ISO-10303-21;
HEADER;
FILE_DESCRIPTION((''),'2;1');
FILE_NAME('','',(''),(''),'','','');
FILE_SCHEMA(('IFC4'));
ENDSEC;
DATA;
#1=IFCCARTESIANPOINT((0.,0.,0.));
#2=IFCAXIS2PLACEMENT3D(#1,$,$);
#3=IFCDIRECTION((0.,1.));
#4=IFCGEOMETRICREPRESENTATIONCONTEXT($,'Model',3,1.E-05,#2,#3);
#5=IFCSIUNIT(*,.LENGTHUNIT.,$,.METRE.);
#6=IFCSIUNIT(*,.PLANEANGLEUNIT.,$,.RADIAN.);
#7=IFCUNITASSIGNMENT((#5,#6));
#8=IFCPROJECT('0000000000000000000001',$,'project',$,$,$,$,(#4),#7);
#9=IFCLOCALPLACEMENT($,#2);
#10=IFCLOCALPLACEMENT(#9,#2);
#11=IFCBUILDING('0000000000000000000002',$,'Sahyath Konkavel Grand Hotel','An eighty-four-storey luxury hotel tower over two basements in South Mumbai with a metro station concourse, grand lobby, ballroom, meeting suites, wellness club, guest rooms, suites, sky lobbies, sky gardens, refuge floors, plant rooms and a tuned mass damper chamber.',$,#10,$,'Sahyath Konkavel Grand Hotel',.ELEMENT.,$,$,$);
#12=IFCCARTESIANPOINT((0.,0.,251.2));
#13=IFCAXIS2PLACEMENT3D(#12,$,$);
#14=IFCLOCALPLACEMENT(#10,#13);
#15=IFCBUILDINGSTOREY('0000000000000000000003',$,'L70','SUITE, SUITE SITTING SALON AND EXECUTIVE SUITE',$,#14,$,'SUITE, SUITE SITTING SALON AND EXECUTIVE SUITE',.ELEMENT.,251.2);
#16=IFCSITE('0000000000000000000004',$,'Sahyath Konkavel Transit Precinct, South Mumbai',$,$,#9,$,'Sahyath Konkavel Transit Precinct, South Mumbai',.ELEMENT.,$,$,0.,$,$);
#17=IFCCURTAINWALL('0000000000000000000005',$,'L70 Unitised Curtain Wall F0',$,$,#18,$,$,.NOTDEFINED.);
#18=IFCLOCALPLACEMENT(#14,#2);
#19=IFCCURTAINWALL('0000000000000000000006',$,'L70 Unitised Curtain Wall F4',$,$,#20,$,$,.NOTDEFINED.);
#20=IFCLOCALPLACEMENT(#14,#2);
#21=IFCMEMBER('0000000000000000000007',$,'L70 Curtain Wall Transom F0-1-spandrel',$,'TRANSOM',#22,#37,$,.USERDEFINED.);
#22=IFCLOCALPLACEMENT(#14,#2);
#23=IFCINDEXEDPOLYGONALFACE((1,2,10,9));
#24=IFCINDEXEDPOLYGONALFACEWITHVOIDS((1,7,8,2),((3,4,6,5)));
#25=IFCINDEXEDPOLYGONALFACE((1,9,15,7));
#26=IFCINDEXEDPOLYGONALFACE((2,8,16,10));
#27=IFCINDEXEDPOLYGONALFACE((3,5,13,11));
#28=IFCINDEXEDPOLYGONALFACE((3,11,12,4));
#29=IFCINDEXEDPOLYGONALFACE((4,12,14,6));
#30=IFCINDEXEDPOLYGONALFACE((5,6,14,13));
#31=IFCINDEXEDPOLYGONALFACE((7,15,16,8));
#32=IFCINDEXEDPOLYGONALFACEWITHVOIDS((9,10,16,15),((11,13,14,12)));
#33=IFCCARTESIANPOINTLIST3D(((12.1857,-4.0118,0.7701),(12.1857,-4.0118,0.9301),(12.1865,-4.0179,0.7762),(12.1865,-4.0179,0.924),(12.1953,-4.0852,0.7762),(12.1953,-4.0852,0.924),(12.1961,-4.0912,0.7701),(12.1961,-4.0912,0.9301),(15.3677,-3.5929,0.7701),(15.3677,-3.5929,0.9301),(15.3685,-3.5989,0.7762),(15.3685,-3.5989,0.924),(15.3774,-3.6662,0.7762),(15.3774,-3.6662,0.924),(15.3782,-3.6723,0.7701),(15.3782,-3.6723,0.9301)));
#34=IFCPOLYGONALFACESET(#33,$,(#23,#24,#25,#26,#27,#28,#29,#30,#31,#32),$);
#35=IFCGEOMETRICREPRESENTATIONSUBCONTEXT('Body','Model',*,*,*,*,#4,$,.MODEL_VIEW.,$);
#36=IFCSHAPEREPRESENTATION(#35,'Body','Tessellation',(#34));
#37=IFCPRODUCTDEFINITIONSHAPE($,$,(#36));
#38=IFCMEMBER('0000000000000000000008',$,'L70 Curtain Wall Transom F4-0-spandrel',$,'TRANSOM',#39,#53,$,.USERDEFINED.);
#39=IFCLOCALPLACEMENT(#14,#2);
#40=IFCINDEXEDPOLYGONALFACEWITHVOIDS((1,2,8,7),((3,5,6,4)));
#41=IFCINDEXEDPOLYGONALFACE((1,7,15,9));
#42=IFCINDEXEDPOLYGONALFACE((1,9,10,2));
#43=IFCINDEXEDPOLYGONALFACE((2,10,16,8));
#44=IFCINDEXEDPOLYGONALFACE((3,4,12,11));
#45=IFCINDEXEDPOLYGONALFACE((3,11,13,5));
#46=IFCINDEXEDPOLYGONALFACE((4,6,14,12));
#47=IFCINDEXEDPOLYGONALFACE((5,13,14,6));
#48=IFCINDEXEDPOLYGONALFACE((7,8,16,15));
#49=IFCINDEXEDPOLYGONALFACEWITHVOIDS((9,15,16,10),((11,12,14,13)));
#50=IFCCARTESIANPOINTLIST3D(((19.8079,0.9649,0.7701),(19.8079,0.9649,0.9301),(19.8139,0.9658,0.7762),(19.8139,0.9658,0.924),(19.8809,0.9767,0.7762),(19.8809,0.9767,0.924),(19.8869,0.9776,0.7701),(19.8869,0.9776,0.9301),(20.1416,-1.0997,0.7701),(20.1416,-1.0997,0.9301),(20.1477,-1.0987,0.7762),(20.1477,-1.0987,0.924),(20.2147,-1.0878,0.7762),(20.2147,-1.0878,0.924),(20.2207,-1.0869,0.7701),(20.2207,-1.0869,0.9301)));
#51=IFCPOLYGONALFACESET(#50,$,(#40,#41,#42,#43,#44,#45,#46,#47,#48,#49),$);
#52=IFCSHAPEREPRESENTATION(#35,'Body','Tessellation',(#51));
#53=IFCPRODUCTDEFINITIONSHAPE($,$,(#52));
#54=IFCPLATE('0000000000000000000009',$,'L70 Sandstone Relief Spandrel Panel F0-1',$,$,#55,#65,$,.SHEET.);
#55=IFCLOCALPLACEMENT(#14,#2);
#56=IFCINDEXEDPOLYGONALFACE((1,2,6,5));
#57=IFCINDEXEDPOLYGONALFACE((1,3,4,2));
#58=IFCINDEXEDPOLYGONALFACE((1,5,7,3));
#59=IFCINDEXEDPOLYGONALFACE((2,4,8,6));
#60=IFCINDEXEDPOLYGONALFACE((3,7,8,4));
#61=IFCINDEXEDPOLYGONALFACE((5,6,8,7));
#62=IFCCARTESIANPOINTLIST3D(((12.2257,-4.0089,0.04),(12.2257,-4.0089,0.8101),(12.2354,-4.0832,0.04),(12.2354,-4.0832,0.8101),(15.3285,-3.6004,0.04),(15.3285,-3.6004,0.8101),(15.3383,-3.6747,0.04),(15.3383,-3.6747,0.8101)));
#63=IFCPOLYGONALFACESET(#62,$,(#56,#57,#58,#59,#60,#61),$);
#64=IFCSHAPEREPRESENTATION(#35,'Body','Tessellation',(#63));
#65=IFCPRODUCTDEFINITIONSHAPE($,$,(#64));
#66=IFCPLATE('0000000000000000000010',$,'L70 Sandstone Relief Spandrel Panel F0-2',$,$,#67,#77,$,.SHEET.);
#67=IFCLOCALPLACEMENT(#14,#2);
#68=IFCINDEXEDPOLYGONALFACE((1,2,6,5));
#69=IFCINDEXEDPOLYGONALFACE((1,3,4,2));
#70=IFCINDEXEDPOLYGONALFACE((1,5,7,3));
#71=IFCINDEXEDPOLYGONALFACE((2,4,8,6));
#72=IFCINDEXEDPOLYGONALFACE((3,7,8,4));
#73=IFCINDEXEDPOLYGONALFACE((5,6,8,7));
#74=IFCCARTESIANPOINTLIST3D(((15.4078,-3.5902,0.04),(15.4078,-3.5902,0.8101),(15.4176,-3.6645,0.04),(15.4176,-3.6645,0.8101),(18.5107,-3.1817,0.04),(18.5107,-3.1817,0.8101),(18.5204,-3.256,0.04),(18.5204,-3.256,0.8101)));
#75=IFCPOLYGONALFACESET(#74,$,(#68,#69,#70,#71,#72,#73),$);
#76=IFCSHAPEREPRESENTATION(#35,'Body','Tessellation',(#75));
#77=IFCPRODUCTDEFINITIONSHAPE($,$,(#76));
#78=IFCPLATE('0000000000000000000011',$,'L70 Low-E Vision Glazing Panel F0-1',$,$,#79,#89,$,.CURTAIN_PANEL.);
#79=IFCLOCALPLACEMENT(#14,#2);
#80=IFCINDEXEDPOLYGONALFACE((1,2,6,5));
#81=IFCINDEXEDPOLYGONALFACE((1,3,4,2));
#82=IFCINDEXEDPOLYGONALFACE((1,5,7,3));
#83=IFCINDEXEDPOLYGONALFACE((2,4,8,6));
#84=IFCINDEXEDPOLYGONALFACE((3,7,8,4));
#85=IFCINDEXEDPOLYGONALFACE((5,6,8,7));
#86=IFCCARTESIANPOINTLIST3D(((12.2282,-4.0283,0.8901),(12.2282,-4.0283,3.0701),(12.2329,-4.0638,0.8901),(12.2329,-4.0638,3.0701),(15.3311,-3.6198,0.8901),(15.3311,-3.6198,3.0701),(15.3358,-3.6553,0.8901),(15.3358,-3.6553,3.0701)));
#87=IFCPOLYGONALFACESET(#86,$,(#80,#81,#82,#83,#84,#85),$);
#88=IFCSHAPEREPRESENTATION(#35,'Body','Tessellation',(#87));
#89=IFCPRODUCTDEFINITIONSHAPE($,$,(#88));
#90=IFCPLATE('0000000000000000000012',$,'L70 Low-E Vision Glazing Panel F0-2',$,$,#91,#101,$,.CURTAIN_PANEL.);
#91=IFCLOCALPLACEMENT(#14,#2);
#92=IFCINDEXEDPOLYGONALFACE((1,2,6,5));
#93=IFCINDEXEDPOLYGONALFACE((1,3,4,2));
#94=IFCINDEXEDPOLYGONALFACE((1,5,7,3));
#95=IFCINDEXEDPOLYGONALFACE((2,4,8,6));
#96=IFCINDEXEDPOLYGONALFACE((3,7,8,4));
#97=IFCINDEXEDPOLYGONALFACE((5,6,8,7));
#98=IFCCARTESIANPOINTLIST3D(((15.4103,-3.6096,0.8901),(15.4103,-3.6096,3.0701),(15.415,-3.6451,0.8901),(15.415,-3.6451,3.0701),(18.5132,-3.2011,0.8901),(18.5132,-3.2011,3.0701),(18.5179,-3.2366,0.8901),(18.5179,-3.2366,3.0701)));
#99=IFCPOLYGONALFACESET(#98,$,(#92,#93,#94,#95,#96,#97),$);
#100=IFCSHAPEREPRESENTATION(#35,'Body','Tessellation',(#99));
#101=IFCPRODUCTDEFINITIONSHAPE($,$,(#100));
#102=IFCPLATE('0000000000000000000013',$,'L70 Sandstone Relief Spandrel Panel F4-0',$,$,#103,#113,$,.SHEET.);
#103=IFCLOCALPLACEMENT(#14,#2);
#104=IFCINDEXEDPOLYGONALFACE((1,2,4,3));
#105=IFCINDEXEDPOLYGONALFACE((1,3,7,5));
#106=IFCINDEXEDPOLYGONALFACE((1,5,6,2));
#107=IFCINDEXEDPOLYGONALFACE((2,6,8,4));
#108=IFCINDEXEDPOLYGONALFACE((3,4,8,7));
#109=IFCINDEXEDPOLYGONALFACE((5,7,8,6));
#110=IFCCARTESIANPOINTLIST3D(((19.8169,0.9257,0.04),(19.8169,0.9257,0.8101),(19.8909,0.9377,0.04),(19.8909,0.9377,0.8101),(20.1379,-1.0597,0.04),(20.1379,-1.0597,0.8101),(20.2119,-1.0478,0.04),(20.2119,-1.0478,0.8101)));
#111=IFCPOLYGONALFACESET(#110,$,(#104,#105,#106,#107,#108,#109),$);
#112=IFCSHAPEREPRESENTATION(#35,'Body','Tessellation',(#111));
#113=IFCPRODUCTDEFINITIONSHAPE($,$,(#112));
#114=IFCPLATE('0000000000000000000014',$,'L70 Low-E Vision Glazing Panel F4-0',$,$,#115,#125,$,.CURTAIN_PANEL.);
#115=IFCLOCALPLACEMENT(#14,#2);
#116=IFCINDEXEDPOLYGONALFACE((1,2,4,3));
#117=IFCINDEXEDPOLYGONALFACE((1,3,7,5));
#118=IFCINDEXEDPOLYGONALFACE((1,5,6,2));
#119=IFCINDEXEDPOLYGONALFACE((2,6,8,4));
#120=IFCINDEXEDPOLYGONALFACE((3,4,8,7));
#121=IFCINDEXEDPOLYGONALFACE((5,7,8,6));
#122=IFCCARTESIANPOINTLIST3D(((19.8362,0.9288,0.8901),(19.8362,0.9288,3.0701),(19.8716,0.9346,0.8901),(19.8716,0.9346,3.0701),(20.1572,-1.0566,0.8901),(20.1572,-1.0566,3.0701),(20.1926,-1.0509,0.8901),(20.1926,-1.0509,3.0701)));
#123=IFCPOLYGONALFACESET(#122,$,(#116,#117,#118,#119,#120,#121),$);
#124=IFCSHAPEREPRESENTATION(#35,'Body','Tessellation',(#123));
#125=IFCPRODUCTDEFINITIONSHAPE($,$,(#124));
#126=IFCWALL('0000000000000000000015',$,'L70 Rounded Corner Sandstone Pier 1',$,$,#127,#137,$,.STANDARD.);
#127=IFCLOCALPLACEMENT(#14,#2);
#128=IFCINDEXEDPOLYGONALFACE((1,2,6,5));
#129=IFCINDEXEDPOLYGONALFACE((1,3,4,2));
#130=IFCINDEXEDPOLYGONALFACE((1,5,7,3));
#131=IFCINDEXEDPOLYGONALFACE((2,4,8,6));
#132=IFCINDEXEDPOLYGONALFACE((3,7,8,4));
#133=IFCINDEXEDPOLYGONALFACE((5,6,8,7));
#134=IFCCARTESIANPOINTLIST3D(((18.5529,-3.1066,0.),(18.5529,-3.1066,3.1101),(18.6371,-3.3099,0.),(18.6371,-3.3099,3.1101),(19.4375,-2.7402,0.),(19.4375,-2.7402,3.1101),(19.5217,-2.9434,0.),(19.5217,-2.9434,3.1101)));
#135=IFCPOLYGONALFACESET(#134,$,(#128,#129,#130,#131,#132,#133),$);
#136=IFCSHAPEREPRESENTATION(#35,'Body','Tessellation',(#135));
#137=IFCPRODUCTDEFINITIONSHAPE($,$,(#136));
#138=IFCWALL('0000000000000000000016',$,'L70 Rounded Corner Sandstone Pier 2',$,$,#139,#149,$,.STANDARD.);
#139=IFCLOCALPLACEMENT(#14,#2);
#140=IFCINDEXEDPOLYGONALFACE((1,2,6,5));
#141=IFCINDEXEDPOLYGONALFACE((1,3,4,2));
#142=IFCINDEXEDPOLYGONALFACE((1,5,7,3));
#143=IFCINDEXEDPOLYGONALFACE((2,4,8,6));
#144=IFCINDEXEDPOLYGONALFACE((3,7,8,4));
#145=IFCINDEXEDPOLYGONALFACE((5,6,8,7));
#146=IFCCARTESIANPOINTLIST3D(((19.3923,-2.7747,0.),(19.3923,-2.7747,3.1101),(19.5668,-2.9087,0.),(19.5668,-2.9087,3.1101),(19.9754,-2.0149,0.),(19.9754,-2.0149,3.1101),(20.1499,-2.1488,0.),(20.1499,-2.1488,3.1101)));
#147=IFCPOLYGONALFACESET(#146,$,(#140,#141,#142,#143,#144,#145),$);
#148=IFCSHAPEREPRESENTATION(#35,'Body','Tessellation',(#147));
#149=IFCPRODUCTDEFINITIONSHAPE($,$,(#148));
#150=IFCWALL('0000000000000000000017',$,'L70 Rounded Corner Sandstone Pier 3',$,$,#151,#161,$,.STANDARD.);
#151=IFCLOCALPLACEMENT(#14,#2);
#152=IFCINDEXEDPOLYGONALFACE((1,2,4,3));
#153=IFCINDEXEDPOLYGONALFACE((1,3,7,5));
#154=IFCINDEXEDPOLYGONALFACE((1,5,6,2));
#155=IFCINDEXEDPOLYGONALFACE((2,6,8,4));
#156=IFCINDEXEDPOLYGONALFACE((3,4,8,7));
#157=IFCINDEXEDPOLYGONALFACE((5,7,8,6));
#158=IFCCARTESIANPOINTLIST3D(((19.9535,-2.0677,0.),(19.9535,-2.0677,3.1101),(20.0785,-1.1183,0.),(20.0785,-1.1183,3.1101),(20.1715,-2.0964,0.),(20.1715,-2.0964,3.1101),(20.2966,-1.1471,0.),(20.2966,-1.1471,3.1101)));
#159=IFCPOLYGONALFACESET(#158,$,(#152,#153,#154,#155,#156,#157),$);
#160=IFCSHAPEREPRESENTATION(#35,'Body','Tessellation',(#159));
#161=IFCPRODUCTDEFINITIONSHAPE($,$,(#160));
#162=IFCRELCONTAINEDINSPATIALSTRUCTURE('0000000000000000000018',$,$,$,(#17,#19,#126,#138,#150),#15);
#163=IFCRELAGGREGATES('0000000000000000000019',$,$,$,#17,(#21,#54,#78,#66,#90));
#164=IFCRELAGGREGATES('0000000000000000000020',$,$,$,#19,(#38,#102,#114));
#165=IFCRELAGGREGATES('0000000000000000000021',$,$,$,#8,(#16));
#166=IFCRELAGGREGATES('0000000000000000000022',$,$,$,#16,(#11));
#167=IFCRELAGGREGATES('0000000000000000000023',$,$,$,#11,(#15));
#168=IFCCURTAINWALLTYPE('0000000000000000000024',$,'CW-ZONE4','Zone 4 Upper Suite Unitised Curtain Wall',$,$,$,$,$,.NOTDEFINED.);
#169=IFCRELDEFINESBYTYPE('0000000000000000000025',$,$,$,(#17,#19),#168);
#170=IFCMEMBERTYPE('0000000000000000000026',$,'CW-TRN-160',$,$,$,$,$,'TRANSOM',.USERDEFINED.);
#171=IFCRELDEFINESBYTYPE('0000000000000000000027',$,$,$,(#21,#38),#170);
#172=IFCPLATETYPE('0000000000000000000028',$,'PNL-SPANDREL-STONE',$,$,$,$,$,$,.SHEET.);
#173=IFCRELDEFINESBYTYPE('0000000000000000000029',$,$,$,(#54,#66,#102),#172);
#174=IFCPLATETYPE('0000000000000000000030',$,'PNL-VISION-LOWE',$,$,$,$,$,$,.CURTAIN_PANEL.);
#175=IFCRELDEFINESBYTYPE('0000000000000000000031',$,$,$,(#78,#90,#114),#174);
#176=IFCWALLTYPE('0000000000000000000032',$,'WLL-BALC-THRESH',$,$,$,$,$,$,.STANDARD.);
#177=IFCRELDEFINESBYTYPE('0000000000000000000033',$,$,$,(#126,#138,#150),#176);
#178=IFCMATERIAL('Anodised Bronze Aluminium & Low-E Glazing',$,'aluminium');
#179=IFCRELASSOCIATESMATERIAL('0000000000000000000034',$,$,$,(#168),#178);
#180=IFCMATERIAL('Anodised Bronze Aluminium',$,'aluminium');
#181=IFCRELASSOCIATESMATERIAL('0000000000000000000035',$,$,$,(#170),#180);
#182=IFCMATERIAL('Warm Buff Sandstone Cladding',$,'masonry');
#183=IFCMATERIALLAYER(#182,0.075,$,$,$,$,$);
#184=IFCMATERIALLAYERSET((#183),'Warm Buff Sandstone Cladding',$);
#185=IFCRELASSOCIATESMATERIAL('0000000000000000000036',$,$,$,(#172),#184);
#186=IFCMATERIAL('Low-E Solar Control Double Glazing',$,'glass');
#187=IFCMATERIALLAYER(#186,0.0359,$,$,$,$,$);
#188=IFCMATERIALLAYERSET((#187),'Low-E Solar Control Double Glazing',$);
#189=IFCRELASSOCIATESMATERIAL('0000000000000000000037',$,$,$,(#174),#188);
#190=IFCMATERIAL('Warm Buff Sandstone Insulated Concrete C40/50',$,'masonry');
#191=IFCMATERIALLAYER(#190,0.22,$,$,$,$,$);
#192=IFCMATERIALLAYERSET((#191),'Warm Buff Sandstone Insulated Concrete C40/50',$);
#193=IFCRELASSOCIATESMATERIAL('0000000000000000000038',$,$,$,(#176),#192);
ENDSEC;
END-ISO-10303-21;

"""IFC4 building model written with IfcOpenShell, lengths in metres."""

from ifc_helpers import new_model, si_unit, direction, frame, frame_2d, origin, origin_2d, place, context, subcontext, project, spatial, rectangle, hollow_rectangle, extrude, source, transform, mapped, material, layer, layer_set, material_profile, profile_set, type_object, element, aggregate, save


model = new_model("IFC4")

# Units and contexts
model_context = context("Model", 3, precision=1e-05, world=origin(), true_north=direction((0.0, 1.0)))
body_context = subcontext(model_context, "Body", "Model", "MODEL_VIEW")
ifc_project = project(units=[si_unit("LENGTHUNIT", "METRE"), si_unit("PLANEANGLEUNIT", "RADIAN")], contexts=[model_context])

# Site, building, storey
site_placement = place(None, origin())
site = spatial("IfcSite", under=ifc_project, at=site_placement, Name="Sahyath Konkavel Transit Precinct, South Mumbai", LongName="Sahyath Konkavel Transit Precinct, South Mumbai", CompositionType="ELEMENT", RefElevation=0.0)
building_placement = place(site_placement, origin())
building = spatial("IfcBuilding", under=site, at=building_placement, Name="Sahyath Konkavel Grand Hotel", Description="An eighty-four-storey luxury hotel tower over two basements in South Mumbai with a metro station concourse, grand lobby, ballroom, meeting suites, wellness club, guest rooms, suites, sky lobbies, sky gardens, refuge floors, plant rooms and a tuned mass damper chamber.", LongName="Sahyath Konkavel Grand Hotel", CompositionType="ELEMENT")
storey_placement = place(building_placement, frame((0.0, 0.0, 251.2)))
storey = spatial("IfcBuildingStorey", under=building, at=storey_placement, Name="L70", Description="SUITE, SUITE SITTING SALON AND EXECUTIVE SUITE", LongName="SUITE, SUITE SITTING SALON AND EXECUTIVE SUITE", CompositionType="ELEMENT", Elevation=251.2)

# Curtain wall
ifc_material_1 = material(Name="Anodised Bronze Aluminium & Low-E Glazing", Category="aluminium")
curtain_wall_type = type_object("IfcCurtainWallType", Name="CW-ZONE4", Description="Zone 4 Upper Suite Unitised Curtain Wall", PredefinedType="NOTDEFINED", material=ifc_material_1)
curtain_wall_1_placement = place(storey_placement, origin())
curtain_wall_1 = element("IfcCurtainWall", 1, at=curtain_wall_1_placement, inside=storey, type_object=curtain_wall_type, Name="L70 Unitised Curtain Wall F0", PredefinedType="NOTDEFINED")
ifc_material_2 = material(Name="Anodised Bronze Aluminium", Category="aluminium")

# Curtain wall
curtain_wall_2_placement = place(storey_placement, origin())
curtain_wall_2 = element("IfcCurtainWall", 2, at=curtain_wall_2_placement, inside=storey, type_object=curtain_wall_type, Name="L70 Unitised Curtain Wall F4", PredefinedType="NOTDEFINED")

# Members
ifc_material_profile_1 = material_profile(ifc_material_2, hollow_rectangle(XDim=0.0801, YDim=0.1599, WallThickness=0.0061, at=origin_2d()), Name="RHS 160x80x6")
ifc_profile_set_1 = profile_set([ifc_material_profile_1], Name="Anodised Bronze Aluminium")
member_type_1 = type_object("IfcMemberType", Name="CW-TRN-160", ElementType="TRANSOM", PredefinedType="USERDEFINED", material=ifc_profile_set_1)
shared_shape_1 = source(origin(), body_context, "Body", "SweptSolid", [
    extrude(hollow_rectangle(XDim=0.0801, YDim=0.1599, WallThickness=0.0061, at=origin_2d()), origin(), (0.0, 0.0, 1.0), 3.2095),
])
member_1_placement = place(storey_placement, frame((12.1909, -4.0515, 0.8501), z_axis=(0.991444, 0.130529, 0.0), x_axis=(-0.130529, 0.991444, 0.0)))
member_1 = element("IfcMember", 3, at=member_1_placement, type_object=member_type_1, Name="L70 Curtain Wall Transom F0-1-spandrel", ObjectType="TRANSOM", PredefinedType="USERDEFINED", context=body_context, shape_type="MappedRepresentation", body=[
    mapped(shared_shape_1, transform((0.0, 0.0, 0.0), scale=1.0)),
])
shared_shape_2 = source(origin(), body_context, "Body", "SweptSolid", [
    extrude(hollow_rectangle(XDim=0.0801, YDim=0.1599, WallThickness=0.0061, at=origin_2d()), origin(), (0.0, 0.0, 1.0), 2.0913),
])
member_2_placement = place(storey_placement, frame((20.1812, -1.0933, 0.8501), z_axis=(-0.159588, 0.987184, 0.0), x_axis=(-0.987184, -0.159588, 0.0)))
member_2 = element("IfcMember", 4, at=member_2_placement, type_object=member_type_1, Name="L70 Curtain Wall Transom F4-0-spandrel", ObjectType="TRANSOM", PredefinedType="USERDEFINED", context=body_context, shape_type="MappedRepresentation", body=[
    mapped(shared_shape_2, transform((0.0, 0.0, 0.0), scale=1.0)),
])

# Plates
ifc_material_3 = material(Name="Warm Buff Sandstone Cladding", Category="masonry")
ifc_layer_1 = layer(ifc_material_3, 0.075)
ifc_layer_set_1 = layer_set([ifc_layer_1], Name="Warm Buff Sandstone Cladding")
plate_type_1 = type_object("IfcPlateType", Name="PNL-SPANDREL-STONE", PredefinedType="SHEET", material=ifc_layer_set_1)
shared_shape_3 = source(origin(), body_context, "Body", "SweptSolid", [
    extrude(rectangle(XDim=3.1296, YDim=0.075, at=origin_2d()), origin(), (0.0, 0.0, 1.0), 0.77),
])
plate_1_placement = place(storey_placement, frame((13.782, -3.8418, 0.04), z_axis=(0.0, 0.0, 1.0), x_axis=(0.991445, 0.130526, 0.0)))
plate_1 = element("IfcPlate", 5, at=plate_1_placement, type_object=plate_type_1, Name="L70 Sandstone Relief Spandrel Panel F0-1", PredefinedType="SHEET", context=body_context, shape_type="MappedRepresentation", body=[
    mapped(shared_shape_3, transform((0.0, 0.0, 0.0), scale=1.0)),
])
plate_2_placement = place(storey_placement, frame((16.9641, -3.4231, 0.04), z_axis=(0.0, 0.0, 1.0), x_axis=(0.991445, 0.130526, 0.0)))
plate_2 = element("IfcPlate", 6, at=plate_2_placement, type_object=plate_type_1, Name="L70 Sandstone Relief Spandrel Panel F0-2", PredefinedType="SHEET", context=body_context, shape_type="MappedRepresentation", body=[
    mapped(shared_shape_3, transform((0.0, 0.0, 0.0), scale=1.0)),
])
ifc_material_4 = material(Name="Low-E Solar Control Double Glazing", Category="glass")
ifc_layer_2 = layer(ifc_material_4, 0.0359)
ifc_layer_set_2 = layer_set([ifc_layer_2], Name="Low-E Solar Control Double Glazing")
plate_type_2 = type_object("IfcPlateType", Name="PNL-VISION-LOWE", PredefinedType="CURTAIN_PANEL", material=ifc_layer_set_2)
shared_shape_4 = source(origin(), body_context, "Body", "SweptSolid", [
    extrude(rectangle(XDim=3.1296, YDim=0.0359, at=origin_2d()), origin(), (0.0, 0.0, 1.0), 2.1799),
])
plate_3_placement = place(storey_placement, frame((13.782, -3.8418, 0.8901), z_axis=(0.0, 0.0, 1.0), x_axis=(0.991445, 0.130526, 0.0)))
plate_3 = element("IfcPlate", 7, at=plate_3_placement, type_object=plate_type_2, Name="L70 Low-E Vision Glazing Panel F0-1", PredefinedType="CURTAIN_PANEL", context=body_context, shape_type="MappedRepresentation", body=[
    mapped(shared_shape_4, transform((0.0, 0.0, 0.0), scale=1.0)),
])
plate_4_placement = place(storey_placement, frame((16.9641, -3.4231, 0.8901), z_axis=(0.0, 0.0, 1.0), x_axis=(0.991445, 0.130526, 0.0)))
plate_4 = element("IfcPlate", 8, at=plate_4_placement, type_object=plate_type_2, Name="L70 Low-E Vision Glazing Panel F0-2", PredefinedType="CURTAIN_PANEL", context=body_context, shape_type="MappedRepresentation", body=[
    mapped(shared_shape_4, transform((0.0, 0.0, 0.0), scale=1.0)),
])
aggregate(curtain_wall_1, [member_1, plate_1, plate_3, plate_2, plate_4])
shared_shape_5 = source(origin(), body_context, "Body", "SweptSolid", [
    extrude(rectangle(XDim=2.0112, YDim=0.075, at=origin_2d()), origin(), (0.0, 0.0, 1.0), 0.77),
])
plate_5_placement = place(storey_placement, frame((20.0144, -0.061, 0.04), z_axis=(0.0, 0.0, 1.0), x_axis=(-0.159588, 0.987184, 0.0)))
plate_5 = element("IfcPlate", 9, at=plate_5_placement, type_object=plate_type_1, Name="L70 Sandstone Relief Spandrel Panel F4-0", PredefinedType="SHEET", context=body_context, shape_type="MappedRepresentation", body=[
    mapped(shared_shape_5, transform((0.0, 0.0, 0.0), scale=1.0)),
])
shared_shape_6 = source(origin(), body_context, "Body", "SweptSolid", [
    extrude(rectangle(XDim=2.0112, YDim=0.0359, at=origin_2d()), origin(), (0.0, 0.0, 1.0), 2.1799),
])
plate_6_placement = place(storey_placement, frame((20.0144, -0.061, 0.8901), z_axis=(0.0, 0.0, 1.0), x_axis=(-0.159588, 0.987184, 0.0)))
plate_6 = element("IfcPlate", 10, at=plate_6_placement, type_object=plate_type_2, Name="L70 Low-E Vision Glazing Panel F4-0", PredefinedType="CURTAIN_PANEL", context=body_context, shape_type="MappedRepresentation", body=[
    mapped(shared_shape_6, transform((0.0, 0.0, 0.0), scale=1.0)),
])
aggregate(curtain_wall_2, [member_2, plate_5, plate_6])

# Walls
ifc_material_5 = material(Name="Warm Buff Sandstone Insulated Concrete C40/50", Category="masonry")
ifc_layer_3 = layer(ifc_material_5, 0.22)
ifc_layer_set_3 = layer_set([ifc_layer_3], Name="Warm Buff Sandstone Insulated Concrete C40/50")
wall_type_1 = type_object("IfcWallType", Name="WLL-BALC-THRESH", PredefinedType="STANDARD", material=ifc_layer_set_3)
wall_1_placement = place(storey_placement, frame((18.595, -3.2083, 0.0), z_axis=(0.0, 0.0, 1.0), x_axis=(0.923852, 0.38275, 0.0)))
element("IfcWall", 11, at=wall_1_placement, inside=storey, type_object=wall_type_1, Name="L70 Rounded Corner Sandstone Pier 1", PredefinedType="STANDARD", context=body_context, shape_type="SweptSolid", body=[
    extrude(rectangle(XDim=0.9575, YDim=0.22, at=frame_2d((0.4788, 0.0))), origin(), (0.0, 0.0, 1.0), 3.1101),
])
wall_2_placement = place(storey_placement, frame((19.4795, -2.8418, 0.0), z_axis=(0.0, 0.0, 1.0), x_axis=(0.608774, 0.793344, 0.0)))
element("IfcWall", 12, at=wall_2_placement, inside=storey, type_object=wall_type_1, Name="L70 Rounded Corner Sandstone Pier 2", PredefinedType="STANDARD", context=body_context, shape_type="SweptSolid", body=[
    extrude(rectangle(XDim=0.9578, YDim=0.22, at=frame_2d((0.479, 0.0))), origin(), (0.0, 0.0, 1.0), 3.1101),
])
wall_3_placement = place(storey_placement, frame((20.0625, -2.082, 0.0), z_axis=(0.0, 0.0, 1.0), x_axis=(0.13056, 0.99144, 0.0)))
element("IfcWall", 13, at=wall_3_placement, inside=storey, type_object=wall_type_1, Name="L70 Rounded Corner Sandstone Pier 3", PredefinedType="STANDARD", context=body_context, shape_type="SweptSolid", body=[
    extrude(rectangle(XDim=0.9575, YDim=0.22, at=frame_2d((0.4788, 0.0))), origin(), (0.0, 0.0, 1.0), 3.1101),
])

save(model, "model.ifc")
